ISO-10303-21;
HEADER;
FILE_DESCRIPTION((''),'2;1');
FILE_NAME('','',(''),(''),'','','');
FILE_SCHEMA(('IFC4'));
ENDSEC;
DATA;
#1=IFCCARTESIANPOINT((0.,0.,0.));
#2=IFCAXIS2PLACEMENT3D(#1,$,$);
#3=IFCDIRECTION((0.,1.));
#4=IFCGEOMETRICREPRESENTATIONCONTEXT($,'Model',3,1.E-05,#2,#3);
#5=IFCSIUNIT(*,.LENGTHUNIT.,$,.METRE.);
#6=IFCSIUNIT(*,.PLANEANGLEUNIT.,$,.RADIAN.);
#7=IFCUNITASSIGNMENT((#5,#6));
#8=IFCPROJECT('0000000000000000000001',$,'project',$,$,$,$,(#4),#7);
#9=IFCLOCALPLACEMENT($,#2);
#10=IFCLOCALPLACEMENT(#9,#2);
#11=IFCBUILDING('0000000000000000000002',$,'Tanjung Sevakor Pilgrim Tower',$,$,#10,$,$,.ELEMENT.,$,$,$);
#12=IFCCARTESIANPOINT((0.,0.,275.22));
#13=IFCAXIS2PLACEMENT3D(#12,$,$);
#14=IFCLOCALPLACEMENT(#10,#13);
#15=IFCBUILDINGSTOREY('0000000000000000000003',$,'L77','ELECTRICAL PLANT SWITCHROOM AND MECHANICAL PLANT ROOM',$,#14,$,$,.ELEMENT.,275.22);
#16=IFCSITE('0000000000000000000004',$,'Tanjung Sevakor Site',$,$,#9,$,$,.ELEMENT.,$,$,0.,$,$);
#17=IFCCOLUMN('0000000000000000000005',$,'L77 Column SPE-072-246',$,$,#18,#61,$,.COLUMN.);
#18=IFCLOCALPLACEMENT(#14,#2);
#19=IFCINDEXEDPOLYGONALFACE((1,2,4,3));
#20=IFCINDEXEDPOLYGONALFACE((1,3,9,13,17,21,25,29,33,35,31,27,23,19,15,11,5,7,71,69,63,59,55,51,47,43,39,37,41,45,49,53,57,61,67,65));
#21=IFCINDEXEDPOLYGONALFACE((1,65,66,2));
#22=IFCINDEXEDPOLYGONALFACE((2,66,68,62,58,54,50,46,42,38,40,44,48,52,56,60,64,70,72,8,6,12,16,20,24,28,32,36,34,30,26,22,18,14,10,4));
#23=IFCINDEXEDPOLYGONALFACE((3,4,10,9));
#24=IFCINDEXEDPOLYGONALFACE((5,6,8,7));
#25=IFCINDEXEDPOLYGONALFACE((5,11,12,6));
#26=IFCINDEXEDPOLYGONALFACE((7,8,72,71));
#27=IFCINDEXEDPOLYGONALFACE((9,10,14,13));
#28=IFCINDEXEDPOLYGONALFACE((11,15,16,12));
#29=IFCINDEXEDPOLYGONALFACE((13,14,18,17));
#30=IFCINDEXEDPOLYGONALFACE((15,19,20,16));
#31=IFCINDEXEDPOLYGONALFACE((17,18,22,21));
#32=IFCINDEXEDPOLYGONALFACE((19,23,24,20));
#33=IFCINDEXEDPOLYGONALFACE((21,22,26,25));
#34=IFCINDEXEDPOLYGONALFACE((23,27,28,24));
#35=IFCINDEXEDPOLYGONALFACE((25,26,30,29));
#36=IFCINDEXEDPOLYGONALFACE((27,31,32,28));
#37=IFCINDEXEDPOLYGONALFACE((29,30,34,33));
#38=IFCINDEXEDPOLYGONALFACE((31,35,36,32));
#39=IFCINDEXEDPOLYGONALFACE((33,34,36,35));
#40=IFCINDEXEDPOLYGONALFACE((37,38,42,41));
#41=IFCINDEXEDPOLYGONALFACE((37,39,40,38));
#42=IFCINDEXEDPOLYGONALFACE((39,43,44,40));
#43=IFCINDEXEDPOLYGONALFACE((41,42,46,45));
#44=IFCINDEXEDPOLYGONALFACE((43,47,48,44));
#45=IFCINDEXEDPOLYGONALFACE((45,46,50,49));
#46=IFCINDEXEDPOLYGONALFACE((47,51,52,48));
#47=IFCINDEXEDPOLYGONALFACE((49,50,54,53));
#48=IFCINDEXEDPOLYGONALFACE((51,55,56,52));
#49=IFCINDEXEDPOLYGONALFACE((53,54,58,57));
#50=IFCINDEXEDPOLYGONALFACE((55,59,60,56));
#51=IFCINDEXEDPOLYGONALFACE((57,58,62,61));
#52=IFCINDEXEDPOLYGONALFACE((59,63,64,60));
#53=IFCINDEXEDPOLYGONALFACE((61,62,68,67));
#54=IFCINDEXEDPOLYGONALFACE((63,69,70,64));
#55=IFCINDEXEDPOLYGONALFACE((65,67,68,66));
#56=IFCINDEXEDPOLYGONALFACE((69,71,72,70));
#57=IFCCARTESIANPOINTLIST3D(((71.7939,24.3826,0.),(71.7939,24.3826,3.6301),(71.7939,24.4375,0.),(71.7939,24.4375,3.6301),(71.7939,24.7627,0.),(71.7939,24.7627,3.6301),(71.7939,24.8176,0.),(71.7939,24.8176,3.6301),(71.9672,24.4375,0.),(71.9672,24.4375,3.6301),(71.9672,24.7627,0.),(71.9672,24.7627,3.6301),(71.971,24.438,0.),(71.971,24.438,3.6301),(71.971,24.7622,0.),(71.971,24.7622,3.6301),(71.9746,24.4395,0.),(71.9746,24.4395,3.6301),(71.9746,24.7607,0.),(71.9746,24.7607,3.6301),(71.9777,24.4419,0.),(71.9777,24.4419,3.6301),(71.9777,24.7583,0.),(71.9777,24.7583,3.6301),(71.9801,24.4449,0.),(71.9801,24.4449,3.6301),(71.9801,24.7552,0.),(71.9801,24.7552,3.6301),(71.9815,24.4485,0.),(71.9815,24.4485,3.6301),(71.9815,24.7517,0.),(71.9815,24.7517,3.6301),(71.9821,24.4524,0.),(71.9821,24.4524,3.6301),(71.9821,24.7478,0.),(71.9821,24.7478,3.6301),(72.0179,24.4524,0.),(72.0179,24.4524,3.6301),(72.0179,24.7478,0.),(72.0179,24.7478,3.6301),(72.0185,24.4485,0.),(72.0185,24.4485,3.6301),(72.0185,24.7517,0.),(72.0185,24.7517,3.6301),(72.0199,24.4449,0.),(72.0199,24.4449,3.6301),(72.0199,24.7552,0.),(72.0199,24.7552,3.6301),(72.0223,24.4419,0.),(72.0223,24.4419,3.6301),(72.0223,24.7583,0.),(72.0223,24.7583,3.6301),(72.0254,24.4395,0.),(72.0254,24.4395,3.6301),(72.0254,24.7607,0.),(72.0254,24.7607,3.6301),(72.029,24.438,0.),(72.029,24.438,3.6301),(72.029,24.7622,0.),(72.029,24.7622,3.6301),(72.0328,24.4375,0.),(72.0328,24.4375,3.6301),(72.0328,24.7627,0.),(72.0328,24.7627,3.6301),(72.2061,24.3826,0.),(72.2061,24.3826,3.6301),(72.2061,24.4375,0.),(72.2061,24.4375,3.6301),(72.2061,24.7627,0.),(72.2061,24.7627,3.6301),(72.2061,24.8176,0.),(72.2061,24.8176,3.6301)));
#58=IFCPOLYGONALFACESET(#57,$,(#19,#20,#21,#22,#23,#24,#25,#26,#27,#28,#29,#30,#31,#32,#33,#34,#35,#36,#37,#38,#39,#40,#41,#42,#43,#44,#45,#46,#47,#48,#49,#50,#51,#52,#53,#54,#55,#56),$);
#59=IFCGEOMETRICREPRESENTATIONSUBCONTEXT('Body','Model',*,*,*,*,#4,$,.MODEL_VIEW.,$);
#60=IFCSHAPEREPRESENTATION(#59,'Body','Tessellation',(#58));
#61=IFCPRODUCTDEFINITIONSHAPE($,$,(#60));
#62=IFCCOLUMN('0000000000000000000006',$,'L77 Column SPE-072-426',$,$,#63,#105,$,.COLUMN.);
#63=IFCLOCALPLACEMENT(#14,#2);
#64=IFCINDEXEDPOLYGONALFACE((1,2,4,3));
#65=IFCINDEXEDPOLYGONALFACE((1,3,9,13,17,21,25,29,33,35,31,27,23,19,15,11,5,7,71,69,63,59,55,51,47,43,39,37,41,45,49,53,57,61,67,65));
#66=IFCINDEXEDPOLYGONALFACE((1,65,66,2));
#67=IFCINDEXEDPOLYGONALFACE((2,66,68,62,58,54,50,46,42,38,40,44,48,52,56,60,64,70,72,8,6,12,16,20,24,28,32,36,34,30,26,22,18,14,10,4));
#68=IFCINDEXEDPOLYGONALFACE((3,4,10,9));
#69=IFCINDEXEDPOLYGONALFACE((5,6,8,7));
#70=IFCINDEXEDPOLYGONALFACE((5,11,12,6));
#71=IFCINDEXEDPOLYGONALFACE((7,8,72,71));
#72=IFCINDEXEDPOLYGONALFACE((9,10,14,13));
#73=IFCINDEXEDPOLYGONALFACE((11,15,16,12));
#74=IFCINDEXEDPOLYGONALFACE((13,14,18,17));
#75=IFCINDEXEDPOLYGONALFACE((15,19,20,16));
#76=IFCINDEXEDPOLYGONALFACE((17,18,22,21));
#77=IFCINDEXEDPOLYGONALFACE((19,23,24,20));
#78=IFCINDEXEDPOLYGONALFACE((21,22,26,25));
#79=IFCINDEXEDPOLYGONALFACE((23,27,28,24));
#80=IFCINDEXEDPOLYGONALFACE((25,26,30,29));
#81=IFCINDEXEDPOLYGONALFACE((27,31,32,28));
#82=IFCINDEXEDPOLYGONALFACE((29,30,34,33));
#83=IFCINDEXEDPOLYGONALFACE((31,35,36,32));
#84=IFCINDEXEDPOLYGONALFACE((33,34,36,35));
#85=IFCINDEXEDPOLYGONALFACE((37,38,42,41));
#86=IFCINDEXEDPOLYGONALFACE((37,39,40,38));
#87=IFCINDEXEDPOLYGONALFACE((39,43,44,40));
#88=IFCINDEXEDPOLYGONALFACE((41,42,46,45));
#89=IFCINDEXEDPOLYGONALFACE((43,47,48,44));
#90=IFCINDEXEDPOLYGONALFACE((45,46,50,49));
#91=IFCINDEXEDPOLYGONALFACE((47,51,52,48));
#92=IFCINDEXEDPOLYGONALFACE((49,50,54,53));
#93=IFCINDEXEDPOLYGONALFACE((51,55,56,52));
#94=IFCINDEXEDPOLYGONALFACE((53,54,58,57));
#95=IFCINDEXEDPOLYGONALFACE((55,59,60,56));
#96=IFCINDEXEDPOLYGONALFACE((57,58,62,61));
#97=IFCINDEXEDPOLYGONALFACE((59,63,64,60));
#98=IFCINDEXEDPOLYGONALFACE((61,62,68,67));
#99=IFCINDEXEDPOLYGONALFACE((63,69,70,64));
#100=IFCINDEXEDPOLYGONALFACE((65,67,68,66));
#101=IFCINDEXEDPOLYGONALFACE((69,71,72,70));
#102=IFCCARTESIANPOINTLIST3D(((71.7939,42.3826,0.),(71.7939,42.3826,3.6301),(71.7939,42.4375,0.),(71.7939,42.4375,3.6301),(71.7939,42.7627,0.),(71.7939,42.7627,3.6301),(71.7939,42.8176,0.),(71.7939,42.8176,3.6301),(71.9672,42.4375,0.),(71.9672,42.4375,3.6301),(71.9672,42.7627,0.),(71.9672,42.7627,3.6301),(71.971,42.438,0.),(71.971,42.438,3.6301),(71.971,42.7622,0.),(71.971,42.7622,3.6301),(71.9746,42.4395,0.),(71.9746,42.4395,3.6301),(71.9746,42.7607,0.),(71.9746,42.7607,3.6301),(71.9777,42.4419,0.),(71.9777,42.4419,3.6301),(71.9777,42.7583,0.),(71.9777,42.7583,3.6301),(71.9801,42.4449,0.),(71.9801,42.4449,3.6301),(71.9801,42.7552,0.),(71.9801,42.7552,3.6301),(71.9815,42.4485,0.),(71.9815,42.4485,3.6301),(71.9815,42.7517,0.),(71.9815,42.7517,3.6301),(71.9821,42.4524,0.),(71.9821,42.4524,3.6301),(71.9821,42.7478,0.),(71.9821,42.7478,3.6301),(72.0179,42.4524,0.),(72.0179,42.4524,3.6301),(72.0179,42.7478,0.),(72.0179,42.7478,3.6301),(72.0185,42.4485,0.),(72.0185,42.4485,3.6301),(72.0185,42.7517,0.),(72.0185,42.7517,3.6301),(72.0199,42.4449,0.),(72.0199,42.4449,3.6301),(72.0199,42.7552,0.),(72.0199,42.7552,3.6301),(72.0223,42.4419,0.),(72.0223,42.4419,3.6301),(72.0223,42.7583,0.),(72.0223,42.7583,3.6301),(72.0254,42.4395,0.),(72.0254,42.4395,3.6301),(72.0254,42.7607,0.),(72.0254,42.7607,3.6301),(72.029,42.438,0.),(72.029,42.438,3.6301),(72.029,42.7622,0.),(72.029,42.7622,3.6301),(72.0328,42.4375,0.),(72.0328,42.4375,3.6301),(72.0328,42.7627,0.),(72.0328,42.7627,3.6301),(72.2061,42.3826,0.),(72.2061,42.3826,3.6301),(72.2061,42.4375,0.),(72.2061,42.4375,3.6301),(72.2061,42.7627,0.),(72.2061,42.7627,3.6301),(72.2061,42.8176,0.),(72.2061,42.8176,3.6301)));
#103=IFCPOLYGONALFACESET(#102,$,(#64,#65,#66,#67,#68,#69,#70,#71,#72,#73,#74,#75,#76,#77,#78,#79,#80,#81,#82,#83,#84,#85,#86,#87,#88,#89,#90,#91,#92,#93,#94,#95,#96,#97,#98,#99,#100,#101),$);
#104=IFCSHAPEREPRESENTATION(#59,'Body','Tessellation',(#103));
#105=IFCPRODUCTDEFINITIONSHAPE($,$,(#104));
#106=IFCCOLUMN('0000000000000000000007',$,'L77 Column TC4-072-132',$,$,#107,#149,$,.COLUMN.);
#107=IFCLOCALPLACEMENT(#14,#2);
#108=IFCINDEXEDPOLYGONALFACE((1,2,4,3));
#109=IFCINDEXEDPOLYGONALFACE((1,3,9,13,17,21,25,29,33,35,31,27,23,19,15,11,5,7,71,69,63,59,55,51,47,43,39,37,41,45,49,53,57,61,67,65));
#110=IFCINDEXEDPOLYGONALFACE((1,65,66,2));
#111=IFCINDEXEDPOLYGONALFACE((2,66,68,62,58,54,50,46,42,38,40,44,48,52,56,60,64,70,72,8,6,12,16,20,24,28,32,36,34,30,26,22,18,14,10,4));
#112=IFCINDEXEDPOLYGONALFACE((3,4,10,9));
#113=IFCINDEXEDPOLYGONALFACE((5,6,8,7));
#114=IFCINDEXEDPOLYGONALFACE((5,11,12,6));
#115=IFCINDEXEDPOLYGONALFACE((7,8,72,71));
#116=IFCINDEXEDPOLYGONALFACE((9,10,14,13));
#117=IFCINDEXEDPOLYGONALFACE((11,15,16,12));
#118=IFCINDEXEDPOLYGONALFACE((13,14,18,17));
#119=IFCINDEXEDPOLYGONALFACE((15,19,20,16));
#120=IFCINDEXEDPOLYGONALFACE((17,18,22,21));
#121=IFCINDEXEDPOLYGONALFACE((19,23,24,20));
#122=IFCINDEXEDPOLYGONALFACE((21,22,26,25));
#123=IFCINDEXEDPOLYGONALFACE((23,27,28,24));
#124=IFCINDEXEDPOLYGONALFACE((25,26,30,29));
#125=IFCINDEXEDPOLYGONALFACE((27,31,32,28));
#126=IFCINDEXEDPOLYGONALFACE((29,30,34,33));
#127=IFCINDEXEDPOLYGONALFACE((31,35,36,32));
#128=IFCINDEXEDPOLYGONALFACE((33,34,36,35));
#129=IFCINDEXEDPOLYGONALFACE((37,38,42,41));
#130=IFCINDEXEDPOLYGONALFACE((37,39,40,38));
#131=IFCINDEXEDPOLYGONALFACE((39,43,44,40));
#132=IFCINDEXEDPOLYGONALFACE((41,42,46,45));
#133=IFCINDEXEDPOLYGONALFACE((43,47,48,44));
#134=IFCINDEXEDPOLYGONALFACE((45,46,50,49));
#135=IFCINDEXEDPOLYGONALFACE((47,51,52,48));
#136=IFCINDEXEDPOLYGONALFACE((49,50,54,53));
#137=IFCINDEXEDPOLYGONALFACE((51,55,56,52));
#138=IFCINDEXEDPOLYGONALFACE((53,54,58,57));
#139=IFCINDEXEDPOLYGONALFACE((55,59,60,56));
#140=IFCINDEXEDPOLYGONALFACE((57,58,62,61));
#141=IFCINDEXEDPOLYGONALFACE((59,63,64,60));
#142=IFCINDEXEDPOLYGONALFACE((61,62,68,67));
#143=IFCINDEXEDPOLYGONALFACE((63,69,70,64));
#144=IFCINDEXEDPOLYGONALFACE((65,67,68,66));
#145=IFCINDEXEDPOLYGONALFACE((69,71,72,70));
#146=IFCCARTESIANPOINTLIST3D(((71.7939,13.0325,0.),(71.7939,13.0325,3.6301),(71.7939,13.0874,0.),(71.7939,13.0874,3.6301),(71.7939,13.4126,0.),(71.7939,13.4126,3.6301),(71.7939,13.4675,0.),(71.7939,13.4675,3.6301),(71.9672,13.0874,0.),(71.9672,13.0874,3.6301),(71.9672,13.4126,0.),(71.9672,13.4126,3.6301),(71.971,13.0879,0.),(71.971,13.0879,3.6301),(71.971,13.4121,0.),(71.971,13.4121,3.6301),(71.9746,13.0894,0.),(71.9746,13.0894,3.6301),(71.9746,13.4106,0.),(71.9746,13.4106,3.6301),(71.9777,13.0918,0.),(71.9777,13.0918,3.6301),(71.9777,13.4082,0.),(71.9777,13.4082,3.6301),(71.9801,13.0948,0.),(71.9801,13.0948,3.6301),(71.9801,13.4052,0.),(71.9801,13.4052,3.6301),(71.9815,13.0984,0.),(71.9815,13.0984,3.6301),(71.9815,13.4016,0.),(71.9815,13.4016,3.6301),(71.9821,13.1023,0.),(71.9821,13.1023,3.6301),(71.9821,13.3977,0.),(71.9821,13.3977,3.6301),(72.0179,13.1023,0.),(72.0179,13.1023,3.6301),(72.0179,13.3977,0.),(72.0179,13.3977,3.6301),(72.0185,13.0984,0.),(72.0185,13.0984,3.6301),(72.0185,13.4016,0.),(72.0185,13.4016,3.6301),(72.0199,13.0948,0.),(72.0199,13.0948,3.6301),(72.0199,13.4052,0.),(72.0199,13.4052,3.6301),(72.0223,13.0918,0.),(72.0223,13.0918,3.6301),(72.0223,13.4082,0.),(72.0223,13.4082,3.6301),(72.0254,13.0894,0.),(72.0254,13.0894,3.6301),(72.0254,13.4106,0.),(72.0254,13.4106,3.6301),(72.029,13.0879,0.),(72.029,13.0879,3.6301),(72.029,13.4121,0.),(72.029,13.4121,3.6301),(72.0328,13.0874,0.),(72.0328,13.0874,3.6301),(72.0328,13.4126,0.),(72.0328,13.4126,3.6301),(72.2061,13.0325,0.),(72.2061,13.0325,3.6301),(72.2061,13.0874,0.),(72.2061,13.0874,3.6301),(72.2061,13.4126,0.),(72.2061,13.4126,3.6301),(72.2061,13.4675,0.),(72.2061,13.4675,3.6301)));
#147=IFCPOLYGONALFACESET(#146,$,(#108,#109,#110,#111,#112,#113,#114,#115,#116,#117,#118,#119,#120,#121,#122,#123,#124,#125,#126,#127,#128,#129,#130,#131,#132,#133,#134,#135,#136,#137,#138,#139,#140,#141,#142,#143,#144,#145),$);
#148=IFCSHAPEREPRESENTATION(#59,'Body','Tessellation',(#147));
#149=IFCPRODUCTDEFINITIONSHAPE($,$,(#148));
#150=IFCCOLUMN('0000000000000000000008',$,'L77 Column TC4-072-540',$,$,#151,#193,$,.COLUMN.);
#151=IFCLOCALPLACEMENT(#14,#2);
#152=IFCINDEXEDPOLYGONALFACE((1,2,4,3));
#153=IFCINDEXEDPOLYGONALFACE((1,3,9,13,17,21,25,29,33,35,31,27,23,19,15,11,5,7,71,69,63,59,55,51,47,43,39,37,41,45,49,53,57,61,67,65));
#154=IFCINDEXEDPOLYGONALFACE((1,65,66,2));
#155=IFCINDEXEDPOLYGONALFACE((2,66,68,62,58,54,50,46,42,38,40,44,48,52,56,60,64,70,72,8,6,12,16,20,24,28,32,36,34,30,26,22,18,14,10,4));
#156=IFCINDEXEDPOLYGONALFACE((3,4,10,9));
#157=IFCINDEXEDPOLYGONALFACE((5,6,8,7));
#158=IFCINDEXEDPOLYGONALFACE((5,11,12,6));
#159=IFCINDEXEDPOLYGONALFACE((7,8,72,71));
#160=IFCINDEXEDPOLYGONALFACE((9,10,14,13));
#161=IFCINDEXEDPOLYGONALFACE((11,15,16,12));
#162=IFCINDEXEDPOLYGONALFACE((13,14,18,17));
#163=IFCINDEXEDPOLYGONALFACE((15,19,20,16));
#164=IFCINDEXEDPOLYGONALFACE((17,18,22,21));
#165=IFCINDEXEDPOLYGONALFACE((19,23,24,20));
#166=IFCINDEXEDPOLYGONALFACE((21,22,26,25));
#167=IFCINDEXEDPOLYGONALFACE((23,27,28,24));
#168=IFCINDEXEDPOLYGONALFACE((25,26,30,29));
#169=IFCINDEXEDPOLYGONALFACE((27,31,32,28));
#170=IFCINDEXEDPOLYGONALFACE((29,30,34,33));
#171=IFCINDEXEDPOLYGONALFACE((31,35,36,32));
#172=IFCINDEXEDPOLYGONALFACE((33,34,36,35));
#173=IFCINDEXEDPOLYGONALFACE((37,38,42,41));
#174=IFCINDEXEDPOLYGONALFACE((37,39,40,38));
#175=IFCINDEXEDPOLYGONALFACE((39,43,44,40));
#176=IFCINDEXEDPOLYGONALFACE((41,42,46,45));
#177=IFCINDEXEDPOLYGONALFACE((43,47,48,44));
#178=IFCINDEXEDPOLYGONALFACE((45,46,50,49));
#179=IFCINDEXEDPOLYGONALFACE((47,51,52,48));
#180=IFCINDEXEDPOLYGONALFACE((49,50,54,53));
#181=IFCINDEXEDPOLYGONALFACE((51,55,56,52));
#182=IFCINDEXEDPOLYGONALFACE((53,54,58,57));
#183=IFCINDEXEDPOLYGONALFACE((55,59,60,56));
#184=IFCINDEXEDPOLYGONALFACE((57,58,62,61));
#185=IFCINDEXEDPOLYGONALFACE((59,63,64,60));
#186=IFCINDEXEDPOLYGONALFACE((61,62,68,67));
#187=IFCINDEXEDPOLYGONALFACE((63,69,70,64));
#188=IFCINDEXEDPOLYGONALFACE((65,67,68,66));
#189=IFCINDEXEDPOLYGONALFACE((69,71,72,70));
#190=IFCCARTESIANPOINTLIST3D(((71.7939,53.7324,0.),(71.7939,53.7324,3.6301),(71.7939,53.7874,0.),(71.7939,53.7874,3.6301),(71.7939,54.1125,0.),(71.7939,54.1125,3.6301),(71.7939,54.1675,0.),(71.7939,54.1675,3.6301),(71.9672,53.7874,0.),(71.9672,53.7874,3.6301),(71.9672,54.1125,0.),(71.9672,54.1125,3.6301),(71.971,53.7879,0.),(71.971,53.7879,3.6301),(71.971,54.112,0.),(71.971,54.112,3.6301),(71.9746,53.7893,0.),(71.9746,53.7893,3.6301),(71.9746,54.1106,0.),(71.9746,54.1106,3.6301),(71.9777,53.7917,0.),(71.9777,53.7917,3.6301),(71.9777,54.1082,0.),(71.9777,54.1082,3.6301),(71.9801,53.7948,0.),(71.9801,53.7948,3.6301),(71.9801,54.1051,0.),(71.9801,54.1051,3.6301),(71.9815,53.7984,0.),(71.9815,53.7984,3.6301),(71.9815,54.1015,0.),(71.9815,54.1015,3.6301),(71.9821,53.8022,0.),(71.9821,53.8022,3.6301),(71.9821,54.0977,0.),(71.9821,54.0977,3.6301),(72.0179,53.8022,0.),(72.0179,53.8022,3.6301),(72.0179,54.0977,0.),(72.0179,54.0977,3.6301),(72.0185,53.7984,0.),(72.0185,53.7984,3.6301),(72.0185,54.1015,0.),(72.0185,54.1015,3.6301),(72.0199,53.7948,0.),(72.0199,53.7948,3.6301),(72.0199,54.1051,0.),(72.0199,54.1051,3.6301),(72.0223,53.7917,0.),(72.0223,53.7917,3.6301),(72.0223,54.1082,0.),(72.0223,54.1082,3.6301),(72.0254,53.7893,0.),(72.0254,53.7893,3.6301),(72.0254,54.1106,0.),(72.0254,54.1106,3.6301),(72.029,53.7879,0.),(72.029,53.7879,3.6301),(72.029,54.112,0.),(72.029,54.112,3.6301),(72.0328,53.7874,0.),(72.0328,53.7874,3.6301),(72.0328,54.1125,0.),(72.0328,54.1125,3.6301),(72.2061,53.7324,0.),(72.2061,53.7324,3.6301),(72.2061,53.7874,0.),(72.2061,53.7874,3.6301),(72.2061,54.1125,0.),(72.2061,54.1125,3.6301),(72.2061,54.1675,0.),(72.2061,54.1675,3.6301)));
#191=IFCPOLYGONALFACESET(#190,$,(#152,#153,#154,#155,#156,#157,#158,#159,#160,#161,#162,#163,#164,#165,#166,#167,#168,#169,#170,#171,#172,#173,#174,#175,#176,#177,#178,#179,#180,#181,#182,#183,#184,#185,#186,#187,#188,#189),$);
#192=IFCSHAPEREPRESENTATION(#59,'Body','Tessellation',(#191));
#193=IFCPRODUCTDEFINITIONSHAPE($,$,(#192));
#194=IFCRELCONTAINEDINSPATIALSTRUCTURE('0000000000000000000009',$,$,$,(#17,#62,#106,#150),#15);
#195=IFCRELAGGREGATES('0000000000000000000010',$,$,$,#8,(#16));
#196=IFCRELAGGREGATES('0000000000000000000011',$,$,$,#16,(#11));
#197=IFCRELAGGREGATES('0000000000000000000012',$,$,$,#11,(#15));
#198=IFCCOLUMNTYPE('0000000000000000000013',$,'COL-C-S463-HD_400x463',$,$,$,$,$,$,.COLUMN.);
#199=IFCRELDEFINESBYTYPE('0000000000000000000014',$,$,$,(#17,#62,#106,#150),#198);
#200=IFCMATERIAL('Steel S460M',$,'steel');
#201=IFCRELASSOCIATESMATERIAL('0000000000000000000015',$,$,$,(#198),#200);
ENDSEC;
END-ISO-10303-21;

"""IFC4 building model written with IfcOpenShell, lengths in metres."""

from ifc_helpers import new_model, si_unit, direction, frame, origin, origin_2d, place, context, subcontext, project, spatial, i_section, extrude, material, material_profile, profile_set, type_object, element, save


model = new_model("IFC4")

# Units and contexts
model_context = context("Model", 3, precision=1e-05, world=origin(), true_north=direction((0.0, 1.0)))
body_context = subcontext(model_context, "Body", "Model", "MODEL_VIEW")
ifc_project = project(units=[si_unit("LENGTHUNIT", "METRE"), si_unit("PLANEANGLEUNIT", "RADIAN")], contexts=[model_context])

# Site, building, storey
site_placement = place(None, origin())
site = spatial("IfcSite", under=ifc_project, at=site_placement, Name="Tanjung Sevakor Site", CompositionType="ELEMENT", RefElevation=0.0)
building_placement = place(site_placement, origin())
building = spatial("IfcBuilding", under=site, at=building_placement, Name="Tanjung Sevakor Pilgrim Tower", CompositionType="ELEMENT")
storey_placement = place(building_placement, frame((0.0, 0.0, 275.22)))
storey = spatial("IfcBuildingStorey", under=building, at=storey_placement, Name="L77", Description="ELECTRICAL PLANT SWITCHROOM AND MECHANICAL PLANT ROOM", CompositionType="ELEMENT", Elevation=275.22)

# Columns
ifc_material_1 = material(Name="Steel S460M", Category="steel")
ifc_material_profile_1 = material_profile(ifc_material_1, i_section(OverallWidth=0.4121, OverallDepth=0.4351, WebThickness=0.0359, FlangeThickness=0.0549, FilletRadius=0.0149, at=origin_2d()))
ifc_profile_set_1 = profile_set([ifc_material_profile_1], Name="Steel S460M")
column_type = type_object("IfcColumnType", Name="COL-C-S463-HD_400x463", PredefinedType="COLUMN", material=ifc_profile_set_1)
for number, where, z_axis, x_axis, name in (
    (1, (72.0, 24.6001, 0.0), (0.0, 0.0, 1.0), (1.0, 0.0, 0.0), "L77 Column SPE-072-246"),
    (2, (72.0, 42.6001, 0.0), (0.0, 0.0, 1.0), (1.0, 0.0, 0.0), "L77 Column SPE-072-426"),
    (3, (72.0, 13.25, 0.0), (0.0, 0.0, 1.0), (1.0, 0.0, 0.0), "L77 Column TC4-072-132"),
    (4, (72.0, 53.95, 0.0), (0.0, 0.0, 1.0), (1.0, 0.0, 0.0), "L77 Column TC4-072-540"),
):
    element("IfcColumn", number, at=place(storey_placement, frame(where, z_axis=z_axis, x_axis=x_axis)), inside=storey, type_object=column_type, Name=name, PredefinedType="COLUMN", context=body_context, shape_type="SweptSolid", body=[
        extrude(i_section(OverallWidth=0.4121, OverallDepth=0.4351, WebThickness=0.0359, FlangeThickness=0.0549, FilletRadius=0.0149, at=origin_2d()), origin(), (0.0, 0.0, 1.0), 3.6301),
    ])

save(model, "model.ifc")
